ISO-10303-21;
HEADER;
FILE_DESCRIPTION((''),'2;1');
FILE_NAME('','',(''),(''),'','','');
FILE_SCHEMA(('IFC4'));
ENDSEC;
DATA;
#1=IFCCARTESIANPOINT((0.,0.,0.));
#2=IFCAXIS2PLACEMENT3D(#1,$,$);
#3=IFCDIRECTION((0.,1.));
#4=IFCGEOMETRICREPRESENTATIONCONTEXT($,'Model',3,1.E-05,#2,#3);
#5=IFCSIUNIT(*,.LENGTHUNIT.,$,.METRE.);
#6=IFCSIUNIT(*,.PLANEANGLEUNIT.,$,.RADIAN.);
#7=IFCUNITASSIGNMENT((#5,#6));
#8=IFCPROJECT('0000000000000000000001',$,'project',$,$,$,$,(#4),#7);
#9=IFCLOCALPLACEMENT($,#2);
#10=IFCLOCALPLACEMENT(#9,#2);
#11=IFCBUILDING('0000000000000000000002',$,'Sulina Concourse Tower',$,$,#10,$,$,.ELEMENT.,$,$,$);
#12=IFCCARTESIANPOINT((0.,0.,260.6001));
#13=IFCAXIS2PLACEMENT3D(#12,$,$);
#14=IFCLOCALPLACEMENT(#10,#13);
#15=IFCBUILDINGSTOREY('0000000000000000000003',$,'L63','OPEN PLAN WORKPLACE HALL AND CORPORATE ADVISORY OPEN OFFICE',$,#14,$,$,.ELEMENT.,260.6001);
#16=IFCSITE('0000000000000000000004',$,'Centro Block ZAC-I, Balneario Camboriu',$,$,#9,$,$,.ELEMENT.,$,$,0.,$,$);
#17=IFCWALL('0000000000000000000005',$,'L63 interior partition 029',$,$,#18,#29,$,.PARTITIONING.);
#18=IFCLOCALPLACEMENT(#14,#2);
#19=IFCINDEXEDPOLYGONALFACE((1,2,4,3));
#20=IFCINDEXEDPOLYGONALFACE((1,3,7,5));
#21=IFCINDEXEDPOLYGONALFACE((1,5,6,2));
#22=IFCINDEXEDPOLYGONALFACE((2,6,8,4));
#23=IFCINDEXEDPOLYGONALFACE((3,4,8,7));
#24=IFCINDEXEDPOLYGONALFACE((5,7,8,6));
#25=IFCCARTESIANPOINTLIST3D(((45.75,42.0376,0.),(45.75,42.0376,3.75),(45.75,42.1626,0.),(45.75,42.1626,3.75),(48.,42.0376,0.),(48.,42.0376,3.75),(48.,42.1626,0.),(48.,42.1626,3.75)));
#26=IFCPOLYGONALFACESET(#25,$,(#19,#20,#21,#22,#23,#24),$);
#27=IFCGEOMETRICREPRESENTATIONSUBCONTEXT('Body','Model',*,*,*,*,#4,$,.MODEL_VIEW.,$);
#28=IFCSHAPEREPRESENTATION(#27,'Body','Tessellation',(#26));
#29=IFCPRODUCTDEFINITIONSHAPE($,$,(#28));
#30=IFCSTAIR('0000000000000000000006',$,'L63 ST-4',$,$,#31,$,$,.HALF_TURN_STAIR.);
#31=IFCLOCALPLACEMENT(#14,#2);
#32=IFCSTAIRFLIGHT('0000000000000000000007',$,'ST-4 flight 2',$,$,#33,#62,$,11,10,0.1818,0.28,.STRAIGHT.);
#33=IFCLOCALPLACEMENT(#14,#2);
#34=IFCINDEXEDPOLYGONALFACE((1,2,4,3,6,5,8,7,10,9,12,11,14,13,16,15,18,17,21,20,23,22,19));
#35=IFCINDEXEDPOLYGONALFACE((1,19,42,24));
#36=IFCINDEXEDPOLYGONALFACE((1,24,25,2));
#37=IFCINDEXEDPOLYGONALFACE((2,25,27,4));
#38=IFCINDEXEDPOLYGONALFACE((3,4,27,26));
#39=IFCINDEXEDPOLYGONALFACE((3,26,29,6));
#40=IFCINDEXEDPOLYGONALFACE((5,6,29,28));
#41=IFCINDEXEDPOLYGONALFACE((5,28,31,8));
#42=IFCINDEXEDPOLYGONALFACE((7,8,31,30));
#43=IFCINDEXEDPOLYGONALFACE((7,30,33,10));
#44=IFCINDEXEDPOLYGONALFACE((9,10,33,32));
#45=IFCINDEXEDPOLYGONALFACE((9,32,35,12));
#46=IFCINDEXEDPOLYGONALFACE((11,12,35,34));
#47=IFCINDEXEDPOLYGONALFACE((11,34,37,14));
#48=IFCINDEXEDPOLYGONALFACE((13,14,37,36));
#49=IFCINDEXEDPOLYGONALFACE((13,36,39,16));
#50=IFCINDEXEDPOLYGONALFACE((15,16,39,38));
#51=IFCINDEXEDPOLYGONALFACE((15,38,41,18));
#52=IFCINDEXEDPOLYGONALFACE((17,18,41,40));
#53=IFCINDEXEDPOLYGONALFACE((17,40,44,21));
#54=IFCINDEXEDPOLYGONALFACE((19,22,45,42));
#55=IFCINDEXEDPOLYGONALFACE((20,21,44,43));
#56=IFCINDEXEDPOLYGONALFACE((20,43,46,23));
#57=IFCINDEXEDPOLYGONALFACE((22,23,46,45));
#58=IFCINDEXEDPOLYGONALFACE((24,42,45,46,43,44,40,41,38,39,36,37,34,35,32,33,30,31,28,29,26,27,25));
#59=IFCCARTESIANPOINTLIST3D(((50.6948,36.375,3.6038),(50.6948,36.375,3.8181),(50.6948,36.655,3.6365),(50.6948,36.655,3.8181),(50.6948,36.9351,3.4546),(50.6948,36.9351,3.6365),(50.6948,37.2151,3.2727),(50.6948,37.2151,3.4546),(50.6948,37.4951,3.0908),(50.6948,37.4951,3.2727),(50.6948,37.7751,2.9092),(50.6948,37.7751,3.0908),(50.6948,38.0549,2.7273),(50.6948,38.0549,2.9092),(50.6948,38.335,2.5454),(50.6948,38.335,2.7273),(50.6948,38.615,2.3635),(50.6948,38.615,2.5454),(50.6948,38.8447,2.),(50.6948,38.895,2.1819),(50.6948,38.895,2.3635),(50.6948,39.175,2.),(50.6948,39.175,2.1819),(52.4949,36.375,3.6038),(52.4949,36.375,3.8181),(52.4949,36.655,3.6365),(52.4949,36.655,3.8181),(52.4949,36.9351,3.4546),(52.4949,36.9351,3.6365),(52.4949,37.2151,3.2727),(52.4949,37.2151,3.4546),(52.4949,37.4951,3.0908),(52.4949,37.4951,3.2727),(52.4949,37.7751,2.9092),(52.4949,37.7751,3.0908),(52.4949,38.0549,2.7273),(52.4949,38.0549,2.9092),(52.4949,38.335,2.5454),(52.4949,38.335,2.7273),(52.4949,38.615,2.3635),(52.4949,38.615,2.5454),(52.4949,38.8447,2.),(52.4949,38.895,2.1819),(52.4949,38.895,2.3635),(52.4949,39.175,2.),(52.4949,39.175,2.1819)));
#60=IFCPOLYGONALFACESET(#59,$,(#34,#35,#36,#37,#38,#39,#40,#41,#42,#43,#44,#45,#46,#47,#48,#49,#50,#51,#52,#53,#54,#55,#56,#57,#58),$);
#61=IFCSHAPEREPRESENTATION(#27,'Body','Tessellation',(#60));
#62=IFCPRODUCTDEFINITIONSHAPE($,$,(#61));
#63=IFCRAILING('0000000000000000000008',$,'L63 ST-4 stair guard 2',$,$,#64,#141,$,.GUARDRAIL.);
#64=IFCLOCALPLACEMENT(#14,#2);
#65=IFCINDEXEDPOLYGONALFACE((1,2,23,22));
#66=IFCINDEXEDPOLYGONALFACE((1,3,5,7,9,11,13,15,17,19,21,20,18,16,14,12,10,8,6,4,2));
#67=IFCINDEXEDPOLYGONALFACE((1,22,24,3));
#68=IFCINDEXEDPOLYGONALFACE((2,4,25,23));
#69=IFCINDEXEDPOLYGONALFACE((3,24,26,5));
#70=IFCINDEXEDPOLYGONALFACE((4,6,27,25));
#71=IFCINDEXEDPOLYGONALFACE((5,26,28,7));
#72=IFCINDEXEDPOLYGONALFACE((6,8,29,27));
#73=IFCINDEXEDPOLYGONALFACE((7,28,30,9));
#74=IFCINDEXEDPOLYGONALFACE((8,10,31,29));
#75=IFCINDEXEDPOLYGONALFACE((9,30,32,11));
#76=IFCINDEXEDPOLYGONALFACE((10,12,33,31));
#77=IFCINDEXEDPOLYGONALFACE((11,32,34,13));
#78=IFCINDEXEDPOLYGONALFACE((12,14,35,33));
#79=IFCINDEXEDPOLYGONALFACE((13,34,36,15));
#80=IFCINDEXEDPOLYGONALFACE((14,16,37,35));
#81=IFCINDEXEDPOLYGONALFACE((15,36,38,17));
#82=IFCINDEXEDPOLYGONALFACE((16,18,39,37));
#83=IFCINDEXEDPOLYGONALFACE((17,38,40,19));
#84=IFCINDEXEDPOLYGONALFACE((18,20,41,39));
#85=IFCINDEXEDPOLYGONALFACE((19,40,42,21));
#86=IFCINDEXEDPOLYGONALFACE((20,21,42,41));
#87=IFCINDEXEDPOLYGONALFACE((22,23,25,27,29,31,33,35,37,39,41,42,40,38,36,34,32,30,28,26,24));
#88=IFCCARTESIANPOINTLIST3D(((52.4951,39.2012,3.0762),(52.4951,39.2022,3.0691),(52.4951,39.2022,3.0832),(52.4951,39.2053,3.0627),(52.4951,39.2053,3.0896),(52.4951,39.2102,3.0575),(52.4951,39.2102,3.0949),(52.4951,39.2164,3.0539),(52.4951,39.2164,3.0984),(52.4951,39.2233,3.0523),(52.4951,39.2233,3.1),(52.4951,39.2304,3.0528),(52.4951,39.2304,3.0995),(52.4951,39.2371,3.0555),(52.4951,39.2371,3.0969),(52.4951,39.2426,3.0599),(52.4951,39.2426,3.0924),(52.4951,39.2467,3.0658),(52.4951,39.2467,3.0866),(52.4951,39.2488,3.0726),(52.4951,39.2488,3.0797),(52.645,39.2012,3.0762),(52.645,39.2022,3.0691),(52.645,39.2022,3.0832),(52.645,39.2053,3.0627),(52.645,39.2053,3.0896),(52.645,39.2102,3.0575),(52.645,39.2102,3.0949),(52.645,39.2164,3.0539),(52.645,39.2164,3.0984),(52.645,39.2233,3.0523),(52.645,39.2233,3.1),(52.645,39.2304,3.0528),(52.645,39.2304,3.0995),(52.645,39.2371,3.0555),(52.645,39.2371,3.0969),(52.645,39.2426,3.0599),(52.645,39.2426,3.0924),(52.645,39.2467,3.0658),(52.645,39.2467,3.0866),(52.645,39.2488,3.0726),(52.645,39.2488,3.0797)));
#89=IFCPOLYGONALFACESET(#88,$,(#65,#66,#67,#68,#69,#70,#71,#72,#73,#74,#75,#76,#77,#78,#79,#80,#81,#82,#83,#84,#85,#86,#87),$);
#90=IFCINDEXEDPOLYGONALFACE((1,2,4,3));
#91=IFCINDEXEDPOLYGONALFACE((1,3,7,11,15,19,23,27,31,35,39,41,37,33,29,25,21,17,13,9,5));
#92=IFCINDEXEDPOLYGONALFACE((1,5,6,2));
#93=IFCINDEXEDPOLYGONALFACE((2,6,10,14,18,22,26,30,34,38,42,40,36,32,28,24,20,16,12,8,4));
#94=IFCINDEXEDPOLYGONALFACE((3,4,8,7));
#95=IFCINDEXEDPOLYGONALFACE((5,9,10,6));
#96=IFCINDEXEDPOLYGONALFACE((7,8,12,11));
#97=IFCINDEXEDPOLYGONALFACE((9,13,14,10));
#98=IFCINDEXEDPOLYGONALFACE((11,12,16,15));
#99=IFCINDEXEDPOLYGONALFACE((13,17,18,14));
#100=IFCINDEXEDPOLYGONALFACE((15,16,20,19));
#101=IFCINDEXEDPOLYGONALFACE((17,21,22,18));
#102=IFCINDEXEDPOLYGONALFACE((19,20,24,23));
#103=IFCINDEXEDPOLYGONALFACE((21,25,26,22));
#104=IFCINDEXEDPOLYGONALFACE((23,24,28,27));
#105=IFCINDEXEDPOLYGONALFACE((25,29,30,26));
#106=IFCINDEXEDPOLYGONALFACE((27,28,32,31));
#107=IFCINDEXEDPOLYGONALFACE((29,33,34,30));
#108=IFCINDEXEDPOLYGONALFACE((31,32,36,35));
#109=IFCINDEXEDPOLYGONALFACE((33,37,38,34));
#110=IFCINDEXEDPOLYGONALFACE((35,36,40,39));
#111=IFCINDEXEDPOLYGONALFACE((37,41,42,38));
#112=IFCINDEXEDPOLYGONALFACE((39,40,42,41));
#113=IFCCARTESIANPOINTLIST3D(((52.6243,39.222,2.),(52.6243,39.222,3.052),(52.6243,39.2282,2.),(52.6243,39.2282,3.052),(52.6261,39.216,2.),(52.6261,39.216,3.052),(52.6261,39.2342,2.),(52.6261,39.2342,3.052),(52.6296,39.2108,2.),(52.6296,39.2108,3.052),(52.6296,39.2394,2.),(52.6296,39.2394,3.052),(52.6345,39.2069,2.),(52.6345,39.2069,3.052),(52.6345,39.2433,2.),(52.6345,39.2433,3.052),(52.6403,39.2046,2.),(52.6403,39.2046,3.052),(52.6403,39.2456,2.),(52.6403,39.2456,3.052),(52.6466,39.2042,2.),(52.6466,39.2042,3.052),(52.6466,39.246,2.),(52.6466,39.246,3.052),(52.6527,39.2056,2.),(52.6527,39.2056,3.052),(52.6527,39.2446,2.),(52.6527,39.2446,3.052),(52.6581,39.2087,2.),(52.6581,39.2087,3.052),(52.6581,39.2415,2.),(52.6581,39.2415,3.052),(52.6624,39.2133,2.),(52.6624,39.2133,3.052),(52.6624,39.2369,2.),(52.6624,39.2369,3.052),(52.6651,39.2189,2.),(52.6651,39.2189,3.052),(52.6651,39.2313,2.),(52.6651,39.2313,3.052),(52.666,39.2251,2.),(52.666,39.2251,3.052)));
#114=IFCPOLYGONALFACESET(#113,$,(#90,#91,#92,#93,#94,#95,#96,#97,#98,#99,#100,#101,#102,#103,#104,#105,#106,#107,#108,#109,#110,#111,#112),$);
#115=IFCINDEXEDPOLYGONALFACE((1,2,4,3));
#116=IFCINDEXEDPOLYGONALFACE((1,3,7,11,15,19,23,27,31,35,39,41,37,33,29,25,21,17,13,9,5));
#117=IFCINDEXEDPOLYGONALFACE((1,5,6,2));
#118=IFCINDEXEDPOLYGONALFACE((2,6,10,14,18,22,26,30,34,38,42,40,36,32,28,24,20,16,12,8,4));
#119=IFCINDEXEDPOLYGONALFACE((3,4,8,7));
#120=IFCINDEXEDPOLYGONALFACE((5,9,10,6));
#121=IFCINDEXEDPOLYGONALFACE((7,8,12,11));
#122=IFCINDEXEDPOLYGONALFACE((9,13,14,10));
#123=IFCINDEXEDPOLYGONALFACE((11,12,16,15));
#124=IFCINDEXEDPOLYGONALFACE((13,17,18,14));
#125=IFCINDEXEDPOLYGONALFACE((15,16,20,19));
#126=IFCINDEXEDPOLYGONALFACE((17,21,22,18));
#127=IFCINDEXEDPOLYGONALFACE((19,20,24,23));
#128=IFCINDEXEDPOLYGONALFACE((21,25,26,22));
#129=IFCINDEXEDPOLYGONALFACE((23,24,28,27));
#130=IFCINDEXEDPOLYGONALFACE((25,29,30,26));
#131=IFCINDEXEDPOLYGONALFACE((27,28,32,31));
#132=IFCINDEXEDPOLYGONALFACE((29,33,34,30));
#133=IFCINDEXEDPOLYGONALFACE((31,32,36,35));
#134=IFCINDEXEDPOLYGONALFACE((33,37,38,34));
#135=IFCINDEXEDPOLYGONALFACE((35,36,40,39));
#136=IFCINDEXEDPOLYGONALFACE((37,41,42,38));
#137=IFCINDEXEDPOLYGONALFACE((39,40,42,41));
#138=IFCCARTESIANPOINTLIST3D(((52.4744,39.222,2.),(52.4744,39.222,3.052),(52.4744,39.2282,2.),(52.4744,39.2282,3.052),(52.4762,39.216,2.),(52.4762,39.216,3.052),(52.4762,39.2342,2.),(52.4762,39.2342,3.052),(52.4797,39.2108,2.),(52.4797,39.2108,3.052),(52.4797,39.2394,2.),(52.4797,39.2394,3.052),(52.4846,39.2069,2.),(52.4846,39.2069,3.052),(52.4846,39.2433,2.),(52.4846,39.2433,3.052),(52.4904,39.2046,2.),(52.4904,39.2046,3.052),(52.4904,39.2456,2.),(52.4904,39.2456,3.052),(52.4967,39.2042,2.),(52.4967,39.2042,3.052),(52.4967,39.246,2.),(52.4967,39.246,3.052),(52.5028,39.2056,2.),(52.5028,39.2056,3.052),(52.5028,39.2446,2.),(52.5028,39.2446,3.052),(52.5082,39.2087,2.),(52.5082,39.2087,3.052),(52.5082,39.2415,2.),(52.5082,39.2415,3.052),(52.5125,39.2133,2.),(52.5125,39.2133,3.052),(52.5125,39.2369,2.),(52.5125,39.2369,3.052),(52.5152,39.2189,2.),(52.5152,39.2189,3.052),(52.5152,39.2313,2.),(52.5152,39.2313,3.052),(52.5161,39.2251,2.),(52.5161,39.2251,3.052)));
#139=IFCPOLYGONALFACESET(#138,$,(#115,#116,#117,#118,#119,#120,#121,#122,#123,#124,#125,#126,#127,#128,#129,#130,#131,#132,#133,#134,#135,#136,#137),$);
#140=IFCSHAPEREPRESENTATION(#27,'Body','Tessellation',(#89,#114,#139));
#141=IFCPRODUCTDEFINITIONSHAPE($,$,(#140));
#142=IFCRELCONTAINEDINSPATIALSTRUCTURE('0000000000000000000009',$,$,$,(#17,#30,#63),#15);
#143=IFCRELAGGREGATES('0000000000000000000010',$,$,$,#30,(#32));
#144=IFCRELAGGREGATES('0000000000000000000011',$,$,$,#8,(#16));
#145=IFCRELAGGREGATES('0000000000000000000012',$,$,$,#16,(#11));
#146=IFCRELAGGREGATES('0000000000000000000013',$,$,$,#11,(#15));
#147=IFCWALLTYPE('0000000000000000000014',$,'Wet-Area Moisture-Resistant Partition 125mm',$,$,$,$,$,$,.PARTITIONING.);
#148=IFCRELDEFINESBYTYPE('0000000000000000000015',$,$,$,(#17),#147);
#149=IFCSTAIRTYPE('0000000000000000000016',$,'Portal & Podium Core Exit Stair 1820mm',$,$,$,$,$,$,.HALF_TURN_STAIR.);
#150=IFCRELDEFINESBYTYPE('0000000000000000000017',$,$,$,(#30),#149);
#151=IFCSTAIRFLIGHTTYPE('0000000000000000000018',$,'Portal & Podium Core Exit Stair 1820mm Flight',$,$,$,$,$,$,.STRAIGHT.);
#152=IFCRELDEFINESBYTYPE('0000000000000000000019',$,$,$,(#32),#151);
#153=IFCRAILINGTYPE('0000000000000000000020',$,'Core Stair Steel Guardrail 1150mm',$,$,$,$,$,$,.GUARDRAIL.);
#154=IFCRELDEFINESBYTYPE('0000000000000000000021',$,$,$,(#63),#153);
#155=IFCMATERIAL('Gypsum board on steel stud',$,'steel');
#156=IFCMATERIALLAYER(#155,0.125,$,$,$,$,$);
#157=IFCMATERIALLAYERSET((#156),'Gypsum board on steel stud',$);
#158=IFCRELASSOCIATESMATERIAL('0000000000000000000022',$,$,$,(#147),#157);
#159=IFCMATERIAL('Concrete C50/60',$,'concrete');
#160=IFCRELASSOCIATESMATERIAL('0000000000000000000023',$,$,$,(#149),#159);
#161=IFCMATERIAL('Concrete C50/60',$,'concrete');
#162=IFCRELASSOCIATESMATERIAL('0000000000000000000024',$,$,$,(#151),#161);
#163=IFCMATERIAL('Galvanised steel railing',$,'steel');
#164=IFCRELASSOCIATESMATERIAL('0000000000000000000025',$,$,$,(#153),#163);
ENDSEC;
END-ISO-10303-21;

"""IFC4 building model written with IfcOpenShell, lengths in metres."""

from ifc_helpers import new_model, si_unit, direction, frame, frame_2d, origin, origin_2d, place, context, subcontext, project, spatial, polyline, rectangle, circle, outline, extrude, material, layer, layer_set, type_object, element, aggregate, save


model = new_model("IFC4")

# Units and contexts
model_context = context("Model", 3, precision=1e-05, world=origin(), true_north=direction((0.0, 1.0)))
body_context = subcontext(model_context, "Body", "Model", "MODEL_VIEW")
ifc_project = project(units=[si_unit("LENGTHUNIT", "METRE"), si_unit("PLANEANGLEUNIT", "RADIAN")], contexts=[model_context])

# Site, building, storey
site_placement = place(None, origin())
site = spatial("IfcSite", under=ifc_project, at=site_placement, Name="Centro Block ZAC-I, Balneario Camboriu", CompositionType="ELEMENT", RefElevation=0.0)
building_placement = place(site_placement, origin())
building = spatial("IfcBuilding", under=site, at=building_placement, Name="Sulina Concourse Tower", CompositionType="ELEMENT")
storey_placement = place(building_placement, frame((0.0, 0.0, 260.6001)))
storey = spatial("IfcBuildingStorey", under=building, at=storey_placement, Name="L63", Description="OPEN PLAN WORKPLACE HALL AND CORPORATE ADVISORY OPEN OFFICE", CompositionType="ELEMENT", Elevation=260.6001)

# Wall
ifc_material_1 = material(Name="Gypsum board on steel stud", Category="steel")
ifc_layer_1 = layer(ifc_material_1, 0.125)
ifc_layer_set_1 = layer_set([ifc_layer_1], Name="Gypsum board on steel stud")
wall_type_1 = type_object("IfcWallType", Name="Wet-Area Moisture-Resistant Partition 125mm", PredefinedType="PARTITIONING", material=ifc_layer_set_1)
wall_1_placement = place(storey_placement, frame((45.75, 42.1001, 0.0), z_axis=(0.0, 0.0, 1.0), x_axis=(1.0, 0.0, 0.0)))
element("IfcWall", 1, at=wall_1_placement, inside=storey, type_object=wall_type_1, Name="L63 interior partition 029", PredefinedType="PARTITIONING", context=body_context, shape_type="SweptSolid", body=[
    extrude(rectangle(XDim=2.25, YDim=0.125, at=frame_2d((1.125, 0.0))), origin(), (0.0, 0.0, 1.0), 3.75),
])

# Stair, stair flight
ifc_material_2 = material(Name="Concrete C50/60", Category="concrete")
stair_type = type_object("IfcStairType", Name="Portal & Podium Core Exit Stair 1820mm", PredefinedType="HALF_TURN_STAIR", material=ifc_material_2)
stair_placement = place(storey_placement, origin())
stair = element("IfcStair", 2, at=stair_placement, inside=storey, type_object=stair_type, Name="L63 ST-4", PredefinedType="HALF_TURN_STAIR")
ifc_material_3 = material(Name="Concrete C50/60", Category="concrete")
stair_flight_type = type_object("IfcStairFlightType", Name="Portal & Podium Core Exit Stair 1820mm Flight", PredefinedType="STRAIGHT", material=ifc_material_3)
stair_flight_placement = place(storey_placement, frame((51.595, 39.175, 2.0), z_axis=(0.0, 0.0, 1.0), x_axis=(0.0, -1.0, 0.0)))
stair_flight = element("IfcStairFlight", 3, at=stair_flight_placement, type_object=stair_flight_type, Name="ST-4 flight 2", NumberOfRisers=11, NumberOfTreads=10, PredefinedType="STRAIGHT", RiserHeight=0.1818, TreadLength=0.28, context=body_context, shape_type="SweptSolid", body=[
    extrude(outline(polyline([(0.0, 0.0), (0.0, 0.1819), (0.28, 0.1819), (0.28, 0.3635), (0.5601, 0.3635), (0.5601, 0.5454), (0.8401, 0.5454), (0.8401, 0.7273), (1.1201, 0.7273), (1.1201, 0.9092), (1.3999, 0.9092), (1.3999, 1.0908), (1.6799, 1.0908), (1.6799, 1.2727), (1.96, 1.2727), (1.96, 1.4546), (2.24, 1.4546), (2.24, 1.6365), (2.52, 1.6365), (2.52, 1.8181), (2.8, 1.8181), (2.8, 2.0), (2.8, 1.6038), (0.3303, 0.0), (0.0, 0.0)])), frame((0.0, 0.8999, 0.0), z_axis=(0.0, -1.0, 0.0), x_axis=(1.0, 0.0, 0.0)), (0.0, 0.0, 1.0), 1.8),
])
aggregate(stair, [stair_flight])

# Railing
ifc_material_4 = material(Name="Galvanised steel railing", Category="steel")
railing_type_1 = type_object("IfcRailingType", Name="Core Stair Steel Guardrail 1150mm", PredefinedType="GUARDRAIL", material=ifc_material_4)
railing_1_placement = place(storey_placement, frame((52.645, 39.2251, 2.0)))
element("IfcRailing", 4, at=railing_1_placement, inside=storey, type_object=railing_type_1, Name="L63 ST-4 stair guard 2", PredefinedType="GUARDRAIL", context=body_context, shape_type="SweptSolid", body=[
    extrude(circle(Radius=0.0239, at=origin_2d()), frame((0.0, 0.0, 1.0762), z_axis=(-1.0, 0.0, 0.0), x_axis=(0.0, -1.0, 0.0)), (0.0, 0.0, 1.0), 0.1499),
    extrude(circle(Radius=0.021, at=origin_2d()), origin(), (0.0, 0.0, 1.0), 1.052),
    extrude(circle(Radius=0.021, at=origin_2d()), frame((-0.1499, 0.0, 0.0)), (0.0, 0.0, 1.0), 1.052),
])

save(model, "model.ifc")
